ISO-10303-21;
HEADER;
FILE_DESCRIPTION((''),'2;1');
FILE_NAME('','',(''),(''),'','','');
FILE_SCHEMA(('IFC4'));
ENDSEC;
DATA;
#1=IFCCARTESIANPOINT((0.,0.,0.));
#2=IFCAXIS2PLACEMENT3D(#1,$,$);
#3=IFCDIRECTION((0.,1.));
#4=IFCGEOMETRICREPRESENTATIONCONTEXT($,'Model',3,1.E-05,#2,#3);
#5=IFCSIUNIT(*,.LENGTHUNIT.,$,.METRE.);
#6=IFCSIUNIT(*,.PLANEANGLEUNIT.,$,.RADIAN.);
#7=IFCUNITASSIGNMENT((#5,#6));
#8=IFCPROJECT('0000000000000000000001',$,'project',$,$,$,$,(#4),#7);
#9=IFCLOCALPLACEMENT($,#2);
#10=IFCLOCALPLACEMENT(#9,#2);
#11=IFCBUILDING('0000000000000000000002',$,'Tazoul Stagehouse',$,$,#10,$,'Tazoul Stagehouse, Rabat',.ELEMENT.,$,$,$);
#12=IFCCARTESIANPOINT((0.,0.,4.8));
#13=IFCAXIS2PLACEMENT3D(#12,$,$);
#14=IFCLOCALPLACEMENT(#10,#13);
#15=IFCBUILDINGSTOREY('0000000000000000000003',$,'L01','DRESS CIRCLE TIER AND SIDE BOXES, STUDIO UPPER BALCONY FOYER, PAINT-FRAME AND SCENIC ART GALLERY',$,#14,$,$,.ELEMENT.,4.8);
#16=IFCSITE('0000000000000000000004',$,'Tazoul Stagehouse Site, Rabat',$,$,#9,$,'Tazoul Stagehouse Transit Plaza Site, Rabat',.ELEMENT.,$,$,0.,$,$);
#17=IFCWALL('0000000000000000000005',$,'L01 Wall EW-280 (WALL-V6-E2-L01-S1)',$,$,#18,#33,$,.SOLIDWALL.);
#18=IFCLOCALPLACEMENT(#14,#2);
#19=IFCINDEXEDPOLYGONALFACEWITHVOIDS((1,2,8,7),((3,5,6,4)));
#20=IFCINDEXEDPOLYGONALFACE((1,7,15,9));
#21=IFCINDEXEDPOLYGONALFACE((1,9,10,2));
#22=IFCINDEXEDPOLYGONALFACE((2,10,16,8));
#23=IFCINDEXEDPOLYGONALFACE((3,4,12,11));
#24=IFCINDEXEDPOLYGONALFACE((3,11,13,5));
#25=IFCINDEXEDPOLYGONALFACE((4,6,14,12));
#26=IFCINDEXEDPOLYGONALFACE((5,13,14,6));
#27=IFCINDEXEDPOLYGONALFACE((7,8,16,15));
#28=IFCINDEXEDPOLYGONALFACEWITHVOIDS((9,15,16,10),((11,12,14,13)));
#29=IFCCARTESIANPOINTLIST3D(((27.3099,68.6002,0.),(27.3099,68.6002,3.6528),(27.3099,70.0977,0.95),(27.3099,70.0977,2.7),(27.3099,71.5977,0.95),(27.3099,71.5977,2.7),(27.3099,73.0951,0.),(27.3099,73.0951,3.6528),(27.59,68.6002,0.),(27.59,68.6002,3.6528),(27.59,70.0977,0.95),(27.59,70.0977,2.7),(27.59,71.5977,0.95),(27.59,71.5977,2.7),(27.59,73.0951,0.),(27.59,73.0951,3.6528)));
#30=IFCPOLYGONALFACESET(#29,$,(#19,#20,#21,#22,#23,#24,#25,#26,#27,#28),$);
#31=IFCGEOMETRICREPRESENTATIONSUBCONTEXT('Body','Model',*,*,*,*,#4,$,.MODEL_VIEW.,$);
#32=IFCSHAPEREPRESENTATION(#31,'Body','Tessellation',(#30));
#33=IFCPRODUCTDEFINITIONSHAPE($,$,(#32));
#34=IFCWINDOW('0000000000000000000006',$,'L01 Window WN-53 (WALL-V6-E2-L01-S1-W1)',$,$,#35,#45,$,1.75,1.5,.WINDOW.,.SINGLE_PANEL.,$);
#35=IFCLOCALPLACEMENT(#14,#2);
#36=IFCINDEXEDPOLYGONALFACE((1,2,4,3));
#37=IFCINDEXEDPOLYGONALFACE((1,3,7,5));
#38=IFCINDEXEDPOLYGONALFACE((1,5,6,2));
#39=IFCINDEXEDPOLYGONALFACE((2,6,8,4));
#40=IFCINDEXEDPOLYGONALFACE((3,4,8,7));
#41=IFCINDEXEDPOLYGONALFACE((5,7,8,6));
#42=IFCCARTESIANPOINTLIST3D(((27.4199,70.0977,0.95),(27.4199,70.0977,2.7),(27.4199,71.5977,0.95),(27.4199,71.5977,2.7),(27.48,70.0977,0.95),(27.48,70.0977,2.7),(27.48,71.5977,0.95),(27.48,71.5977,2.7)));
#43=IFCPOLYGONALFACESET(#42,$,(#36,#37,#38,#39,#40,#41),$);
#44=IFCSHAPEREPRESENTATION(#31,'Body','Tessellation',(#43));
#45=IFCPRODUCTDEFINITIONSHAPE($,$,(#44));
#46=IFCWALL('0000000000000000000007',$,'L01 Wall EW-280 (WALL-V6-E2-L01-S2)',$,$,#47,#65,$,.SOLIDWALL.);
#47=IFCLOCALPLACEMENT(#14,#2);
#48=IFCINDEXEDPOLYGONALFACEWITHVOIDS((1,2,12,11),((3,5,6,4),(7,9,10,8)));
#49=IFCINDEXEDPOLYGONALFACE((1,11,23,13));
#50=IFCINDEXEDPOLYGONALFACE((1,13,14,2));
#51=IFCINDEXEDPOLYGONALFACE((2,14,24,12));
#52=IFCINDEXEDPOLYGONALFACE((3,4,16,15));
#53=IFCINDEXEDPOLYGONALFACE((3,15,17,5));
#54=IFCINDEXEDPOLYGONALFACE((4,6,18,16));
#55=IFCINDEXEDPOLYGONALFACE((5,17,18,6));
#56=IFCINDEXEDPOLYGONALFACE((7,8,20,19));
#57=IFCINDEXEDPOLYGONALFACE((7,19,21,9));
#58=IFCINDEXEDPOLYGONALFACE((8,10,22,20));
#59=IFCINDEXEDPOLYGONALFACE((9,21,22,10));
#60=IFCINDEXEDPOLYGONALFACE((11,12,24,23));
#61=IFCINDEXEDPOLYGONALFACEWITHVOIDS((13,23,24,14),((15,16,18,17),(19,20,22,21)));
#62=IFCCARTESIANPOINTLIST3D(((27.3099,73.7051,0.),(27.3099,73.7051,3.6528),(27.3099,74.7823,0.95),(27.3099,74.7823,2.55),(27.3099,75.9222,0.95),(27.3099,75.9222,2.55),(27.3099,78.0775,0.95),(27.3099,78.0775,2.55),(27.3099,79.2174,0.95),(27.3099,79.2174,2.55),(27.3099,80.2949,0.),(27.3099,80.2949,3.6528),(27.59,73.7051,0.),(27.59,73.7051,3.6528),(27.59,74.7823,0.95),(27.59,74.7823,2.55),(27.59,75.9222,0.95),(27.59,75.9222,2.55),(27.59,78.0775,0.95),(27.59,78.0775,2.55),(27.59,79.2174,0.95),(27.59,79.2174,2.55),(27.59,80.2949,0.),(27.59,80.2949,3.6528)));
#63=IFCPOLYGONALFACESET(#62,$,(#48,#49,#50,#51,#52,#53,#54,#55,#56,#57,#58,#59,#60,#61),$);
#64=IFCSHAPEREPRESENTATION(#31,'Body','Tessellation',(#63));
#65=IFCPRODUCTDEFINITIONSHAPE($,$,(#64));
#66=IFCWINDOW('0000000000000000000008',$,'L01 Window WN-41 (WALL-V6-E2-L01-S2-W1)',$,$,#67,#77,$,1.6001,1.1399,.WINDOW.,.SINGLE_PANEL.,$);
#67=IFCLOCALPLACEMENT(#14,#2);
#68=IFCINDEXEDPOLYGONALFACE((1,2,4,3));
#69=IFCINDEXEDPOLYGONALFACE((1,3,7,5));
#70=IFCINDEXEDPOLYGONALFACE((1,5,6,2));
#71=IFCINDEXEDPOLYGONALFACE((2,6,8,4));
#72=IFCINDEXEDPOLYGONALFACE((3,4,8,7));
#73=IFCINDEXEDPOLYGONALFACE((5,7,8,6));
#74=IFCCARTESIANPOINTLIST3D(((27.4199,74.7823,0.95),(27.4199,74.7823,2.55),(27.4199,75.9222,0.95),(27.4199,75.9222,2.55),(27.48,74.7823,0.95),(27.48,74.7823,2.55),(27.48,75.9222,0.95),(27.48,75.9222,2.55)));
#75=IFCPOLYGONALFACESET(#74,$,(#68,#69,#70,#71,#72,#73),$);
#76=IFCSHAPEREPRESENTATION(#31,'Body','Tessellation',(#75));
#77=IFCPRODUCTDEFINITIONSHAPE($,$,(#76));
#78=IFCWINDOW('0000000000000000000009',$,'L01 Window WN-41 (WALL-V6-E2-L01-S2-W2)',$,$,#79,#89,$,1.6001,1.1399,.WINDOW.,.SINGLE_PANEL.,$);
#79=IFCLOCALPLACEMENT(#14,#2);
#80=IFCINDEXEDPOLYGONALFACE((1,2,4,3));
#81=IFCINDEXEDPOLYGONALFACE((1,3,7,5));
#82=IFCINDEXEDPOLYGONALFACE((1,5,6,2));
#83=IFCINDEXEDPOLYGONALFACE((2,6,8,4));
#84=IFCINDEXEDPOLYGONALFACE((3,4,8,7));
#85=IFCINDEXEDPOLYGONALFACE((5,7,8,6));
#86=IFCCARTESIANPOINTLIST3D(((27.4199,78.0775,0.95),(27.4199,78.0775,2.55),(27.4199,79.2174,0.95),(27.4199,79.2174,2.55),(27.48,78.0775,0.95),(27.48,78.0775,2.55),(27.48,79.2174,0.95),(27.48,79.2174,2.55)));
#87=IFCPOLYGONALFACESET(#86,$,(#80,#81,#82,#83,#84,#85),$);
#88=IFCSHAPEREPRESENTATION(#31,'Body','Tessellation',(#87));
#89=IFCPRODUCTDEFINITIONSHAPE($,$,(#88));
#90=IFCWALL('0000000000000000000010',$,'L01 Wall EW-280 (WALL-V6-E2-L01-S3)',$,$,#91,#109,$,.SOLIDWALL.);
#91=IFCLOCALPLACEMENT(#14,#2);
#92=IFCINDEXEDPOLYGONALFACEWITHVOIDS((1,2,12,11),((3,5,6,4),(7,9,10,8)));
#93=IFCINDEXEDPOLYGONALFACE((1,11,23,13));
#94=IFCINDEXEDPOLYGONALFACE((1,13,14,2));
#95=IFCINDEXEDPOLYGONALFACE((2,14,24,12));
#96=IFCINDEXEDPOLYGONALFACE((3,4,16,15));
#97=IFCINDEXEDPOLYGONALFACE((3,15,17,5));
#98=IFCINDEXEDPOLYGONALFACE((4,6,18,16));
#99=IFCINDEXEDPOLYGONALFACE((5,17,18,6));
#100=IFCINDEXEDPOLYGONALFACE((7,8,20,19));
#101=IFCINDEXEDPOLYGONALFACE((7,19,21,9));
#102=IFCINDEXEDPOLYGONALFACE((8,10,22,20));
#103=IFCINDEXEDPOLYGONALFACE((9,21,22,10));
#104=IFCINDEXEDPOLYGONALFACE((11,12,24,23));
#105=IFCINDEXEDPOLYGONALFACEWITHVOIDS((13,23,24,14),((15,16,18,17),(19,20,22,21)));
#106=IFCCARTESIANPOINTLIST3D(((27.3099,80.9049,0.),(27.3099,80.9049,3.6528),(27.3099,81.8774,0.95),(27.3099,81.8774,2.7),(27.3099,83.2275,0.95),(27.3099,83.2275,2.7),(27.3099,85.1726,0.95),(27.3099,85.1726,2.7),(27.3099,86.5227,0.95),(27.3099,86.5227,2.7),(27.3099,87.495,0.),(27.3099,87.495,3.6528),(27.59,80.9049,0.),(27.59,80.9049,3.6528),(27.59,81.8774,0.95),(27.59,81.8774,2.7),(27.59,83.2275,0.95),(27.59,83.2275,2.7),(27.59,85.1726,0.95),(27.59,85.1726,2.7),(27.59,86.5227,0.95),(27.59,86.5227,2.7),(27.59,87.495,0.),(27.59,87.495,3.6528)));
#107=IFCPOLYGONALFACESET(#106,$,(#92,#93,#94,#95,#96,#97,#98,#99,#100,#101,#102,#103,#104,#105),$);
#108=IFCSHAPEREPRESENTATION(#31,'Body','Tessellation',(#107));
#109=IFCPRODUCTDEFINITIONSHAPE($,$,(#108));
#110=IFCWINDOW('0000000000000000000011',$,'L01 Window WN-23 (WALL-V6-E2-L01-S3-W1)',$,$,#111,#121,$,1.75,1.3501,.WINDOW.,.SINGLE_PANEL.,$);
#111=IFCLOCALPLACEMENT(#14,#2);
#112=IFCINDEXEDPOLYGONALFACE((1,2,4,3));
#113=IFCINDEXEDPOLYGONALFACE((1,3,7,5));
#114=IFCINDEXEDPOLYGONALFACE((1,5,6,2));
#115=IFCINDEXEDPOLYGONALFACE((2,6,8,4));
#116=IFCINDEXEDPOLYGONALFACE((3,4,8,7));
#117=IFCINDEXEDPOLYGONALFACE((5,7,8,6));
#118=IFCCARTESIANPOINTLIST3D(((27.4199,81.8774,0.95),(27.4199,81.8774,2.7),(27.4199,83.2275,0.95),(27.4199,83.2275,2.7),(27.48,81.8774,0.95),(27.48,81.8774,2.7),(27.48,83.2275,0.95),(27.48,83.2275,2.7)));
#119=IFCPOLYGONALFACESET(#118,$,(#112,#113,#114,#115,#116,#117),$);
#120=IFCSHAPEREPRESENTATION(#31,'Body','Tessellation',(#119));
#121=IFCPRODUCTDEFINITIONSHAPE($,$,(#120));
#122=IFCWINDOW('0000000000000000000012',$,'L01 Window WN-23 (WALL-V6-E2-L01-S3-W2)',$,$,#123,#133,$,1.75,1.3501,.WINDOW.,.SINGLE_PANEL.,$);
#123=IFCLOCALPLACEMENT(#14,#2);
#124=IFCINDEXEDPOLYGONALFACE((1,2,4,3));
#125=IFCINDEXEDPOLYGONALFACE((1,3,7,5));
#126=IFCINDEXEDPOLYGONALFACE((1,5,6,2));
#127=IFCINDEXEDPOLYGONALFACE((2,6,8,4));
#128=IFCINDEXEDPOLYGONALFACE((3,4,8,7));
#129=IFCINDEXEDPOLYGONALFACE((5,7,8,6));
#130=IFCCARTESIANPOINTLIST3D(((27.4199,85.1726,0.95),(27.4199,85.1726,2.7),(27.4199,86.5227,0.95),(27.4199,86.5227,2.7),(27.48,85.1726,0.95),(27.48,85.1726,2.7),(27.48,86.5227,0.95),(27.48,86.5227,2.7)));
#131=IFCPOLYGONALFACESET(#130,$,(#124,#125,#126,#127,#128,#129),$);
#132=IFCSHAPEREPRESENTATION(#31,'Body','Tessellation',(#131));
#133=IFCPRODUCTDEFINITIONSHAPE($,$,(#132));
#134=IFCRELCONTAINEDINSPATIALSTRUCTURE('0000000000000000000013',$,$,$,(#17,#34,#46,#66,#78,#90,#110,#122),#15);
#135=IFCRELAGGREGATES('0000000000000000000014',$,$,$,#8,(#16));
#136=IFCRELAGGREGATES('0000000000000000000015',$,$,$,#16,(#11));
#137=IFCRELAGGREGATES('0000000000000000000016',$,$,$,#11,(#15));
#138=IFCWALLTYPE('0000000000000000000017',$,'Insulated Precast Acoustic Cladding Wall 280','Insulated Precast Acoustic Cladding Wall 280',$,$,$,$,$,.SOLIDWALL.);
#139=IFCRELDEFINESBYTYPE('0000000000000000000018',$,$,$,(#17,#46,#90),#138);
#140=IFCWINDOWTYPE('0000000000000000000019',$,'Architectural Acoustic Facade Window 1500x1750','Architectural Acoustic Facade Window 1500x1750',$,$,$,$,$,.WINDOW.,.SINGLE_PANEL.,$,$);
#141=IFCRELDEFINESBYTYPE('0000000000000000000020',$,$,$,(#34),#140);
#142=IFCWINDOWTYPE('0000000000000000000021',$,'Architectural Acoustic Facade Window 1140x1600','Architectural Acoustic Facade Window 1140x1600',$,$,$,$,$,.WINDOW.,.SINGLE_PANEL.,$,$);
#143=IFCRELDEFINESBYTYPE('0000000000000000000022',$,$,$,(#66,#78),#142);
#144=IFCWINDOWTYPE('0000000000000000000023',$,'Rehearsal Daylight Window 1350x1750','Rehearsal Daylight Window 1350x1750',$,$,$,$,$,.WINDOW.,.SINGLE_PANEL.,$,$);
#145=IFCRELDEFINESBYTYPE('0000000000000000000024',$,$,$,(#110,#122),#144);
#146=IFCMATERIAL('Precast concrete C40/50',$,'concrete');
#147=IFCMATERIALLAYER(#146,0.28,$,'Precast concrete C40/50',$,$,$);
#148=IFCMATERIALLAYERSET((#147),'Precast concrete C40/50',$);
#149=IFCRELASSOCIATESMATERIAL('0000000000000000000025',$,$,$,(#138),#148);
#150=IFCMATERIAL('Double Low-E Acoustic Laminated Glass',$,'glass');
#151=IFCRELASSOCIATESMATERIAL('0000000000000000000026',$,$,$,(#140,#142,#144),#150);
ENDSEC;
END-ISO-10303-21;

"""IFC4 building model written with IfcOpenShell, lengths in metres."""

from ifc_helpers import new_model, si_unit, direction, frame, frame_2d, origin, place, context, subcontext, project, spatial, rectangle, extrude, material, layer, layer_set, type_object, element, fill, save


model = new_model("IFC4")

# Units and contexts
model_context = context("Model", 3, precision=1e-05, world=origin(), true_north=direction((0.0, 1.0)))
body_context = subcontext(model_context, "Body", "Model", "MODEL_VIEW")
ifc_project = project(units=[si_unit("LENGTHUNIT", "METRE"), si_unit("PLANEANGLEUNIT", "RADIAN")], contexts=[model_context])

# Site, building, storey
site_placement = place(None, origin())
site = spatial("IfcSite", under=ifc_project, at=site_placement, Name="Tazoul Stagehouse Site, Rabat", LongName="Tazoul Stagehouse Transit Plaza Site, Rabat", CompositionType="ELEMENT", RefElevation=0.0)
building_placement = place(site_placement, origin())
building = spatial("IfcBuilding", under=site, at=building_placement, Name="Tazoul Stagehouse", LongName="Tazoul Stagehouse, Rabat", CompositionType="ELEMENT")
storey_placement = place(building_placement, frame((0.0, 0.0, 4.8)))
storey = spatial("IfcBuildingStorey", under=building, at=storey_placement, Name="L01", Description="DRESS CIRCLE TIER AND SIDE BOXES, STUDIO UPPER BALCONY FOYER, PAINT-FRAME AND SCENIC ART GALLERY", CompositionType="ELEMENT", Elevation=4.8)

# Wall, opening, window
ifc_material_1 = material(Name="Precast concrete C40/50", Category="concrete")
ifc_layer_1 = layer(ifc_material_1, 0.28, Name="Precast concrete C40/50")
ifc_layer_set_1 = layer_set([ifc_layer_1], Name="Precast concrete C40/50")
wall_type = type_object("IfcWallType", Name="Insulated Precast Acoustic Cladding Wall 280", Description="Insulated Precast Acoustic Cladding Wall 280", PredefinedType="SOLIDWALL", material=ifc_layer_set_1)
wall_1_placement = place(storey_placement, frame((27.45, 68.6001, 0.0), z_axis=(0.0, 0.0, 1.0), x_axis=(0.0, 1.0, 0.0)))
wall_1 = element("IfcWall", 1, at=wall_1_placement, inside=storey, type_object=wall_type, Name="L01 Wall EW-280 (WALL-V6-E2-L01-S1)", PredefinedType="SOLIDWALL", context=body_context, shape_type="SweptSolid", body=[
    extrude(rectangle(XDim=4.4949, YDim=0.28, at=frame_2d((2.2476, 0.0))), origin(), (0.0, 0.0, 1.0), 3.6528),
])
opening_1_placement = place(wall_1_placement, frame((1.4976, 0.0, 0.95)))
opening_1 = element("IfcOpeningElement", 2, at=opening_1_placement, cuts=wall_1, PredefinedType="OPENING", context=body_context, shape_type="SweptSolid", body=[
    extrude(rectangle(XDim=1.5, YDim=1.75, at=frame_2d((0.75, 0.875))), frame((0.0, 0.1599, 0.0), z_axis=(0.0, -1.0, 0.0), x_axis=(1.0, 0.0, 0.0)), (0.0, 0.0, 1.0), 0.3201),
])
ifc_material_2 = material(Name="Double Low-E Acoustic Laminated Glass", Category="glass")
window_type_1 = type_object("IfcWindowType", Name="Architectural Acoustic Facade Window 1500x1750", Description="Architectural Acoustic Facade Window 1500x1750", PartitioningType="SINGLE_PANEL", PredefinedType="WINDOW", material=ifc_material_2)
window_1_placement = place(opening_1_placement, origin())
window_1 = element("IfcWindow", 3, at=window_1_placement, inside=storey, type_object=window_type_1, Name="L01 Window WN-53 (WALL-V6-E2-L01-S1-W1)", OverallHeight=1.75, OverallWidth=1.5, PartitioningType="SINGLE_PANEL", PredefinedType="WINDOW", context=body_context, shape_type="SweptSolid", body=[
    extrude(rectangle(XDim=1.5, YDim=1.75, at=frame_2d((0.75, 0.875))), frame((0.0, 0.03, 0.0), z_axis=(0.0, -1.0, 0.0), x_axis=(1.0, 0.0, 0.0)), (0.0, 0.0, 1.0), 0.0601),
])
fill(opening_1, window_1)

# Walls, openings, windows
wall_2_placement = place(storey_placement, frame((27.45, 73.7051, 0.0), z_axis=(0.0, 0.0, 1.0), x_axis=(0.0, 1.0, 0.0)))
wall_2 = element("IfcWall", 4, at=wall_2_placement, inside=storey, type_object=wall_type, Name="L01 Wall EW-280 (WALL-V6-E2-L01-S2)", PredefinedType="SOLIDWALL", context=body_context, shape_type="SweptSolid", body=[
    extrude(rectangle(XDim=6.5898, YDim=0.28, at=frame_2d((3.2949, 0.0))), origin(), (0.0, 0.0, 1.0), 3.6528),
])
opening_2_placement = place(wall_2_placement, frame((1.0774, 0.0, 0.95)))
opening_2 = element("IfcOpeningElement", 5, at=opening_2_placement, cuts=wall_2, PredefinedType="OPENING", context=body_context, shape_type="SweptSolid", body=[
    extrude(rectangle(XDim=1.1399, YDim=1.6001, at=frame_2d((0.5698, 0.8))), frame((0.0, 0.1599, 0.0), z_axis=(0.0, -1.0, 0.0), x_axis=(1.0, 0.0, 0.0)), (0.0, 0.0, 1.0), 0.3201),
])
opening_3_placement = place(wall_2_placement, frame((4.3726, 0.0, 0.95)))
opening_3 = element("IfcOpeningElement", 6, at=opening_3_placement, cuts=wall_2, PredefinedType="OPENING", context=body_context, shape_type="SweptSolid", body=[
    extrude(rectangle(XDim=1.1399, YDim=1.6001, at=frame_2d((0.5698, 0.8))), frame((0.0, 0.1599, 0.0), z_axis=(0.0, -1.0, 0.0), x_axis=(1.0, 0.0, 0.0)), (0.0, 0.0, 1.0), 0.3201),
])
window_type_2 = type_object("IfcWindowType", Name="Architectural Acoustic Facade Window 1140x1600", Description="Architectural Acoustic Facade Window 1140x1600", PartitioningType="SINGLE_PANEL", PredefinedType="WINDOW", material=ifc_material_2)
window_2_placement = place(opening_2_placement, origin())
window_2 = element("IfcWindow", 7, at=window_2_placement, inside=storey, type_object=window_type_2, Name="L01 Window WN-41 (WALL-V6-E2-L01-S2-W1)", OverallHeight=1.6001, OverallWidth=1.1399, PartitioningType="SINGLE_PANEL", PredefinedType="WINDOW", context=body_context, shape_type="SweptSolid", body=[
    extrude(rectangle(XDim=1.1399, YDim=1.6001, at=frame_2d((0.5698, 0.8))), frame((0.0, 0.03, 0.0), z_axis=(0.0, -1.0, 0.0), x_axis=(1.0, 0.0, 0.0)), (0.0, 0.0, 1.0), 0.0601),
])
fill(opening_2, window_2)
window_3_placement = place(opening_3_placement, origin())
window_3 = element("IfcWindow", 8, at=window_3_placement, inside=storey, type_object=window_type_2, Name="L01 Window WN-41 (WALL-V6-E2-L01-S2-W2)", OverallHeight=1.6001, OverallWidth=1.1399, PartitioningType="SINGLE_PANEL", PredefinedType="WINDOW", context=body_context, shape_type="SweptSolid", body=[
    extrude(rectangle(XDim=1.1399, YDim=1.6001, at=frame_2d((0.5698, 0.8))), frame((0.0, 0.03, 0.0), z_axis=(0.0, -1.0, 0.0), x_axis=(1.0, 0.0, 0.0)), (0.0, 0.0, 1.0), 0.0601),
])
fill(opening_3, window_3)
wall_3_placement = place(storey_placement, frame((27.45, 80.905, 0.0), z_axis=(0.0, 0.0, 1.0), x_axis=(0.0, 1.0, 0.0)))
wall_3 = element("IfcWall", 9, at=wall_3_placement, inside=storey, type_object=wall_type, Name="L01 Wall EW-280 (WALL-V6-E2-L01-S3)", PredefinedType="SOLIDWALL", context=body_context, shape_type="SweptSolid", body=[
    extrude(rectangle(XDim=6.5901, YDim=0.28, at=frame_2d((3.2949, 0.0))), origin(), (0.0, 0.0, 1.0), 3.6528),
])
opening_4_placement = place(wall_3_placement, frame((0.9724, 0.0, 0.95)))
opening_4 = element("IfcOpeningElement", 10, at=opening_4_placement, cuts=wall_3, PredefinedType="OPENING", context=body_context, shape_type="SweptSolid", body=[
    extrude(rectangle(XDim=1.3501, YDim=1.75, at=frame_2d((0.675, 0.875))), frame((0.0, 0.1599, 0.0), z_axis=(0.0, -1.0, 0.0), x_axis=(1.0, 0.0, 0.0)), (0.0, 0.0, 1.0), 0.3201),
])
opening_5_placement = place(wall_3_placement, frame((4.2676, 0.0, 0.95)))
opening_5 = element("IfcOpeningElement", 11, at=opening_5_placement, cuts=wall_3, PredefinedType="OPENING", context=body_context, shape_type="SweptSolid", body=[
    extrude(rectangle(XDim=1.3501, YDim=1.75, at=frame_2d((0.675, 0.875))), frame((0.0, 0.1599, 0.0), z_axis=(0.0, -1.0, 0.0), x_axis=(1.0, 0.0, 0.0)), (0.0, 0.0, 1.0), 0.3201),
])
window_type_3 = type_object("IfcWindowType", Name="Rehearsal Daylight Window 1350x1750", Description="Rehearsal Daylight Window 1350x1750", PartitioningType="SINGLE_PANEL", PredefinedType="WINDOW", material=ifc_material_2)
window_4_placement = place(opening_4_placement, origin())
window_4 = element("IfcWindow", 12, at=window_4_placement, inside=storey, type_object=window_type_3, Name="L01 Window WN-23 (WALL-V6-E2-L01-S3-W1)", OverallHeight=1.75, OverallWidth=1.3501, PartitioningType="SINGLE_PANEL", PredefinedType="WINDOW", context=body_context, shape_type="SweptSolid", body=[
    extrude(rectangle(XDim=1.3501, YDim=1.75, at=frame_2d((0.675, 0.875))), frame((0.0, 0.03, 0.0), z_axis=(0.0, -1.0, 0.0), x_axis=(1.0, 0.0, 0.0)), (0.0, 0.0, 1.0), 0.0601),
])
fill(opening_4, window_4)
window_5_placement = place(opening_5_placement, origin())
window_5 = element("IfcWindow", 13, at=window_5_placement, inside=storey, type_object=window_type_3, Name="L01 Window WN-23 (WALL-V6-E2-L01-S3-W2)", OverallHeight=1.75, OverallWidth=1.3501, PartitioningType="SINGLE_PANEL", PredefinedType="WINDOW", context=body_context, shape_type="SweptSolid", body=[
    extrude(rectangle(XDim=1.3501, YDim=1.75, at=frame_2d((0.675, 0.875))), frame((0.0, 0.03, 0.0), z_axis=(0.0, -1.0, 0.0), x_axis=(1.0, 0.0, 0.0)), (0.0, 0.0, 1.0), 0.0601),
])
fill(opening_5, window_5)

save(model, "model.ifc")
